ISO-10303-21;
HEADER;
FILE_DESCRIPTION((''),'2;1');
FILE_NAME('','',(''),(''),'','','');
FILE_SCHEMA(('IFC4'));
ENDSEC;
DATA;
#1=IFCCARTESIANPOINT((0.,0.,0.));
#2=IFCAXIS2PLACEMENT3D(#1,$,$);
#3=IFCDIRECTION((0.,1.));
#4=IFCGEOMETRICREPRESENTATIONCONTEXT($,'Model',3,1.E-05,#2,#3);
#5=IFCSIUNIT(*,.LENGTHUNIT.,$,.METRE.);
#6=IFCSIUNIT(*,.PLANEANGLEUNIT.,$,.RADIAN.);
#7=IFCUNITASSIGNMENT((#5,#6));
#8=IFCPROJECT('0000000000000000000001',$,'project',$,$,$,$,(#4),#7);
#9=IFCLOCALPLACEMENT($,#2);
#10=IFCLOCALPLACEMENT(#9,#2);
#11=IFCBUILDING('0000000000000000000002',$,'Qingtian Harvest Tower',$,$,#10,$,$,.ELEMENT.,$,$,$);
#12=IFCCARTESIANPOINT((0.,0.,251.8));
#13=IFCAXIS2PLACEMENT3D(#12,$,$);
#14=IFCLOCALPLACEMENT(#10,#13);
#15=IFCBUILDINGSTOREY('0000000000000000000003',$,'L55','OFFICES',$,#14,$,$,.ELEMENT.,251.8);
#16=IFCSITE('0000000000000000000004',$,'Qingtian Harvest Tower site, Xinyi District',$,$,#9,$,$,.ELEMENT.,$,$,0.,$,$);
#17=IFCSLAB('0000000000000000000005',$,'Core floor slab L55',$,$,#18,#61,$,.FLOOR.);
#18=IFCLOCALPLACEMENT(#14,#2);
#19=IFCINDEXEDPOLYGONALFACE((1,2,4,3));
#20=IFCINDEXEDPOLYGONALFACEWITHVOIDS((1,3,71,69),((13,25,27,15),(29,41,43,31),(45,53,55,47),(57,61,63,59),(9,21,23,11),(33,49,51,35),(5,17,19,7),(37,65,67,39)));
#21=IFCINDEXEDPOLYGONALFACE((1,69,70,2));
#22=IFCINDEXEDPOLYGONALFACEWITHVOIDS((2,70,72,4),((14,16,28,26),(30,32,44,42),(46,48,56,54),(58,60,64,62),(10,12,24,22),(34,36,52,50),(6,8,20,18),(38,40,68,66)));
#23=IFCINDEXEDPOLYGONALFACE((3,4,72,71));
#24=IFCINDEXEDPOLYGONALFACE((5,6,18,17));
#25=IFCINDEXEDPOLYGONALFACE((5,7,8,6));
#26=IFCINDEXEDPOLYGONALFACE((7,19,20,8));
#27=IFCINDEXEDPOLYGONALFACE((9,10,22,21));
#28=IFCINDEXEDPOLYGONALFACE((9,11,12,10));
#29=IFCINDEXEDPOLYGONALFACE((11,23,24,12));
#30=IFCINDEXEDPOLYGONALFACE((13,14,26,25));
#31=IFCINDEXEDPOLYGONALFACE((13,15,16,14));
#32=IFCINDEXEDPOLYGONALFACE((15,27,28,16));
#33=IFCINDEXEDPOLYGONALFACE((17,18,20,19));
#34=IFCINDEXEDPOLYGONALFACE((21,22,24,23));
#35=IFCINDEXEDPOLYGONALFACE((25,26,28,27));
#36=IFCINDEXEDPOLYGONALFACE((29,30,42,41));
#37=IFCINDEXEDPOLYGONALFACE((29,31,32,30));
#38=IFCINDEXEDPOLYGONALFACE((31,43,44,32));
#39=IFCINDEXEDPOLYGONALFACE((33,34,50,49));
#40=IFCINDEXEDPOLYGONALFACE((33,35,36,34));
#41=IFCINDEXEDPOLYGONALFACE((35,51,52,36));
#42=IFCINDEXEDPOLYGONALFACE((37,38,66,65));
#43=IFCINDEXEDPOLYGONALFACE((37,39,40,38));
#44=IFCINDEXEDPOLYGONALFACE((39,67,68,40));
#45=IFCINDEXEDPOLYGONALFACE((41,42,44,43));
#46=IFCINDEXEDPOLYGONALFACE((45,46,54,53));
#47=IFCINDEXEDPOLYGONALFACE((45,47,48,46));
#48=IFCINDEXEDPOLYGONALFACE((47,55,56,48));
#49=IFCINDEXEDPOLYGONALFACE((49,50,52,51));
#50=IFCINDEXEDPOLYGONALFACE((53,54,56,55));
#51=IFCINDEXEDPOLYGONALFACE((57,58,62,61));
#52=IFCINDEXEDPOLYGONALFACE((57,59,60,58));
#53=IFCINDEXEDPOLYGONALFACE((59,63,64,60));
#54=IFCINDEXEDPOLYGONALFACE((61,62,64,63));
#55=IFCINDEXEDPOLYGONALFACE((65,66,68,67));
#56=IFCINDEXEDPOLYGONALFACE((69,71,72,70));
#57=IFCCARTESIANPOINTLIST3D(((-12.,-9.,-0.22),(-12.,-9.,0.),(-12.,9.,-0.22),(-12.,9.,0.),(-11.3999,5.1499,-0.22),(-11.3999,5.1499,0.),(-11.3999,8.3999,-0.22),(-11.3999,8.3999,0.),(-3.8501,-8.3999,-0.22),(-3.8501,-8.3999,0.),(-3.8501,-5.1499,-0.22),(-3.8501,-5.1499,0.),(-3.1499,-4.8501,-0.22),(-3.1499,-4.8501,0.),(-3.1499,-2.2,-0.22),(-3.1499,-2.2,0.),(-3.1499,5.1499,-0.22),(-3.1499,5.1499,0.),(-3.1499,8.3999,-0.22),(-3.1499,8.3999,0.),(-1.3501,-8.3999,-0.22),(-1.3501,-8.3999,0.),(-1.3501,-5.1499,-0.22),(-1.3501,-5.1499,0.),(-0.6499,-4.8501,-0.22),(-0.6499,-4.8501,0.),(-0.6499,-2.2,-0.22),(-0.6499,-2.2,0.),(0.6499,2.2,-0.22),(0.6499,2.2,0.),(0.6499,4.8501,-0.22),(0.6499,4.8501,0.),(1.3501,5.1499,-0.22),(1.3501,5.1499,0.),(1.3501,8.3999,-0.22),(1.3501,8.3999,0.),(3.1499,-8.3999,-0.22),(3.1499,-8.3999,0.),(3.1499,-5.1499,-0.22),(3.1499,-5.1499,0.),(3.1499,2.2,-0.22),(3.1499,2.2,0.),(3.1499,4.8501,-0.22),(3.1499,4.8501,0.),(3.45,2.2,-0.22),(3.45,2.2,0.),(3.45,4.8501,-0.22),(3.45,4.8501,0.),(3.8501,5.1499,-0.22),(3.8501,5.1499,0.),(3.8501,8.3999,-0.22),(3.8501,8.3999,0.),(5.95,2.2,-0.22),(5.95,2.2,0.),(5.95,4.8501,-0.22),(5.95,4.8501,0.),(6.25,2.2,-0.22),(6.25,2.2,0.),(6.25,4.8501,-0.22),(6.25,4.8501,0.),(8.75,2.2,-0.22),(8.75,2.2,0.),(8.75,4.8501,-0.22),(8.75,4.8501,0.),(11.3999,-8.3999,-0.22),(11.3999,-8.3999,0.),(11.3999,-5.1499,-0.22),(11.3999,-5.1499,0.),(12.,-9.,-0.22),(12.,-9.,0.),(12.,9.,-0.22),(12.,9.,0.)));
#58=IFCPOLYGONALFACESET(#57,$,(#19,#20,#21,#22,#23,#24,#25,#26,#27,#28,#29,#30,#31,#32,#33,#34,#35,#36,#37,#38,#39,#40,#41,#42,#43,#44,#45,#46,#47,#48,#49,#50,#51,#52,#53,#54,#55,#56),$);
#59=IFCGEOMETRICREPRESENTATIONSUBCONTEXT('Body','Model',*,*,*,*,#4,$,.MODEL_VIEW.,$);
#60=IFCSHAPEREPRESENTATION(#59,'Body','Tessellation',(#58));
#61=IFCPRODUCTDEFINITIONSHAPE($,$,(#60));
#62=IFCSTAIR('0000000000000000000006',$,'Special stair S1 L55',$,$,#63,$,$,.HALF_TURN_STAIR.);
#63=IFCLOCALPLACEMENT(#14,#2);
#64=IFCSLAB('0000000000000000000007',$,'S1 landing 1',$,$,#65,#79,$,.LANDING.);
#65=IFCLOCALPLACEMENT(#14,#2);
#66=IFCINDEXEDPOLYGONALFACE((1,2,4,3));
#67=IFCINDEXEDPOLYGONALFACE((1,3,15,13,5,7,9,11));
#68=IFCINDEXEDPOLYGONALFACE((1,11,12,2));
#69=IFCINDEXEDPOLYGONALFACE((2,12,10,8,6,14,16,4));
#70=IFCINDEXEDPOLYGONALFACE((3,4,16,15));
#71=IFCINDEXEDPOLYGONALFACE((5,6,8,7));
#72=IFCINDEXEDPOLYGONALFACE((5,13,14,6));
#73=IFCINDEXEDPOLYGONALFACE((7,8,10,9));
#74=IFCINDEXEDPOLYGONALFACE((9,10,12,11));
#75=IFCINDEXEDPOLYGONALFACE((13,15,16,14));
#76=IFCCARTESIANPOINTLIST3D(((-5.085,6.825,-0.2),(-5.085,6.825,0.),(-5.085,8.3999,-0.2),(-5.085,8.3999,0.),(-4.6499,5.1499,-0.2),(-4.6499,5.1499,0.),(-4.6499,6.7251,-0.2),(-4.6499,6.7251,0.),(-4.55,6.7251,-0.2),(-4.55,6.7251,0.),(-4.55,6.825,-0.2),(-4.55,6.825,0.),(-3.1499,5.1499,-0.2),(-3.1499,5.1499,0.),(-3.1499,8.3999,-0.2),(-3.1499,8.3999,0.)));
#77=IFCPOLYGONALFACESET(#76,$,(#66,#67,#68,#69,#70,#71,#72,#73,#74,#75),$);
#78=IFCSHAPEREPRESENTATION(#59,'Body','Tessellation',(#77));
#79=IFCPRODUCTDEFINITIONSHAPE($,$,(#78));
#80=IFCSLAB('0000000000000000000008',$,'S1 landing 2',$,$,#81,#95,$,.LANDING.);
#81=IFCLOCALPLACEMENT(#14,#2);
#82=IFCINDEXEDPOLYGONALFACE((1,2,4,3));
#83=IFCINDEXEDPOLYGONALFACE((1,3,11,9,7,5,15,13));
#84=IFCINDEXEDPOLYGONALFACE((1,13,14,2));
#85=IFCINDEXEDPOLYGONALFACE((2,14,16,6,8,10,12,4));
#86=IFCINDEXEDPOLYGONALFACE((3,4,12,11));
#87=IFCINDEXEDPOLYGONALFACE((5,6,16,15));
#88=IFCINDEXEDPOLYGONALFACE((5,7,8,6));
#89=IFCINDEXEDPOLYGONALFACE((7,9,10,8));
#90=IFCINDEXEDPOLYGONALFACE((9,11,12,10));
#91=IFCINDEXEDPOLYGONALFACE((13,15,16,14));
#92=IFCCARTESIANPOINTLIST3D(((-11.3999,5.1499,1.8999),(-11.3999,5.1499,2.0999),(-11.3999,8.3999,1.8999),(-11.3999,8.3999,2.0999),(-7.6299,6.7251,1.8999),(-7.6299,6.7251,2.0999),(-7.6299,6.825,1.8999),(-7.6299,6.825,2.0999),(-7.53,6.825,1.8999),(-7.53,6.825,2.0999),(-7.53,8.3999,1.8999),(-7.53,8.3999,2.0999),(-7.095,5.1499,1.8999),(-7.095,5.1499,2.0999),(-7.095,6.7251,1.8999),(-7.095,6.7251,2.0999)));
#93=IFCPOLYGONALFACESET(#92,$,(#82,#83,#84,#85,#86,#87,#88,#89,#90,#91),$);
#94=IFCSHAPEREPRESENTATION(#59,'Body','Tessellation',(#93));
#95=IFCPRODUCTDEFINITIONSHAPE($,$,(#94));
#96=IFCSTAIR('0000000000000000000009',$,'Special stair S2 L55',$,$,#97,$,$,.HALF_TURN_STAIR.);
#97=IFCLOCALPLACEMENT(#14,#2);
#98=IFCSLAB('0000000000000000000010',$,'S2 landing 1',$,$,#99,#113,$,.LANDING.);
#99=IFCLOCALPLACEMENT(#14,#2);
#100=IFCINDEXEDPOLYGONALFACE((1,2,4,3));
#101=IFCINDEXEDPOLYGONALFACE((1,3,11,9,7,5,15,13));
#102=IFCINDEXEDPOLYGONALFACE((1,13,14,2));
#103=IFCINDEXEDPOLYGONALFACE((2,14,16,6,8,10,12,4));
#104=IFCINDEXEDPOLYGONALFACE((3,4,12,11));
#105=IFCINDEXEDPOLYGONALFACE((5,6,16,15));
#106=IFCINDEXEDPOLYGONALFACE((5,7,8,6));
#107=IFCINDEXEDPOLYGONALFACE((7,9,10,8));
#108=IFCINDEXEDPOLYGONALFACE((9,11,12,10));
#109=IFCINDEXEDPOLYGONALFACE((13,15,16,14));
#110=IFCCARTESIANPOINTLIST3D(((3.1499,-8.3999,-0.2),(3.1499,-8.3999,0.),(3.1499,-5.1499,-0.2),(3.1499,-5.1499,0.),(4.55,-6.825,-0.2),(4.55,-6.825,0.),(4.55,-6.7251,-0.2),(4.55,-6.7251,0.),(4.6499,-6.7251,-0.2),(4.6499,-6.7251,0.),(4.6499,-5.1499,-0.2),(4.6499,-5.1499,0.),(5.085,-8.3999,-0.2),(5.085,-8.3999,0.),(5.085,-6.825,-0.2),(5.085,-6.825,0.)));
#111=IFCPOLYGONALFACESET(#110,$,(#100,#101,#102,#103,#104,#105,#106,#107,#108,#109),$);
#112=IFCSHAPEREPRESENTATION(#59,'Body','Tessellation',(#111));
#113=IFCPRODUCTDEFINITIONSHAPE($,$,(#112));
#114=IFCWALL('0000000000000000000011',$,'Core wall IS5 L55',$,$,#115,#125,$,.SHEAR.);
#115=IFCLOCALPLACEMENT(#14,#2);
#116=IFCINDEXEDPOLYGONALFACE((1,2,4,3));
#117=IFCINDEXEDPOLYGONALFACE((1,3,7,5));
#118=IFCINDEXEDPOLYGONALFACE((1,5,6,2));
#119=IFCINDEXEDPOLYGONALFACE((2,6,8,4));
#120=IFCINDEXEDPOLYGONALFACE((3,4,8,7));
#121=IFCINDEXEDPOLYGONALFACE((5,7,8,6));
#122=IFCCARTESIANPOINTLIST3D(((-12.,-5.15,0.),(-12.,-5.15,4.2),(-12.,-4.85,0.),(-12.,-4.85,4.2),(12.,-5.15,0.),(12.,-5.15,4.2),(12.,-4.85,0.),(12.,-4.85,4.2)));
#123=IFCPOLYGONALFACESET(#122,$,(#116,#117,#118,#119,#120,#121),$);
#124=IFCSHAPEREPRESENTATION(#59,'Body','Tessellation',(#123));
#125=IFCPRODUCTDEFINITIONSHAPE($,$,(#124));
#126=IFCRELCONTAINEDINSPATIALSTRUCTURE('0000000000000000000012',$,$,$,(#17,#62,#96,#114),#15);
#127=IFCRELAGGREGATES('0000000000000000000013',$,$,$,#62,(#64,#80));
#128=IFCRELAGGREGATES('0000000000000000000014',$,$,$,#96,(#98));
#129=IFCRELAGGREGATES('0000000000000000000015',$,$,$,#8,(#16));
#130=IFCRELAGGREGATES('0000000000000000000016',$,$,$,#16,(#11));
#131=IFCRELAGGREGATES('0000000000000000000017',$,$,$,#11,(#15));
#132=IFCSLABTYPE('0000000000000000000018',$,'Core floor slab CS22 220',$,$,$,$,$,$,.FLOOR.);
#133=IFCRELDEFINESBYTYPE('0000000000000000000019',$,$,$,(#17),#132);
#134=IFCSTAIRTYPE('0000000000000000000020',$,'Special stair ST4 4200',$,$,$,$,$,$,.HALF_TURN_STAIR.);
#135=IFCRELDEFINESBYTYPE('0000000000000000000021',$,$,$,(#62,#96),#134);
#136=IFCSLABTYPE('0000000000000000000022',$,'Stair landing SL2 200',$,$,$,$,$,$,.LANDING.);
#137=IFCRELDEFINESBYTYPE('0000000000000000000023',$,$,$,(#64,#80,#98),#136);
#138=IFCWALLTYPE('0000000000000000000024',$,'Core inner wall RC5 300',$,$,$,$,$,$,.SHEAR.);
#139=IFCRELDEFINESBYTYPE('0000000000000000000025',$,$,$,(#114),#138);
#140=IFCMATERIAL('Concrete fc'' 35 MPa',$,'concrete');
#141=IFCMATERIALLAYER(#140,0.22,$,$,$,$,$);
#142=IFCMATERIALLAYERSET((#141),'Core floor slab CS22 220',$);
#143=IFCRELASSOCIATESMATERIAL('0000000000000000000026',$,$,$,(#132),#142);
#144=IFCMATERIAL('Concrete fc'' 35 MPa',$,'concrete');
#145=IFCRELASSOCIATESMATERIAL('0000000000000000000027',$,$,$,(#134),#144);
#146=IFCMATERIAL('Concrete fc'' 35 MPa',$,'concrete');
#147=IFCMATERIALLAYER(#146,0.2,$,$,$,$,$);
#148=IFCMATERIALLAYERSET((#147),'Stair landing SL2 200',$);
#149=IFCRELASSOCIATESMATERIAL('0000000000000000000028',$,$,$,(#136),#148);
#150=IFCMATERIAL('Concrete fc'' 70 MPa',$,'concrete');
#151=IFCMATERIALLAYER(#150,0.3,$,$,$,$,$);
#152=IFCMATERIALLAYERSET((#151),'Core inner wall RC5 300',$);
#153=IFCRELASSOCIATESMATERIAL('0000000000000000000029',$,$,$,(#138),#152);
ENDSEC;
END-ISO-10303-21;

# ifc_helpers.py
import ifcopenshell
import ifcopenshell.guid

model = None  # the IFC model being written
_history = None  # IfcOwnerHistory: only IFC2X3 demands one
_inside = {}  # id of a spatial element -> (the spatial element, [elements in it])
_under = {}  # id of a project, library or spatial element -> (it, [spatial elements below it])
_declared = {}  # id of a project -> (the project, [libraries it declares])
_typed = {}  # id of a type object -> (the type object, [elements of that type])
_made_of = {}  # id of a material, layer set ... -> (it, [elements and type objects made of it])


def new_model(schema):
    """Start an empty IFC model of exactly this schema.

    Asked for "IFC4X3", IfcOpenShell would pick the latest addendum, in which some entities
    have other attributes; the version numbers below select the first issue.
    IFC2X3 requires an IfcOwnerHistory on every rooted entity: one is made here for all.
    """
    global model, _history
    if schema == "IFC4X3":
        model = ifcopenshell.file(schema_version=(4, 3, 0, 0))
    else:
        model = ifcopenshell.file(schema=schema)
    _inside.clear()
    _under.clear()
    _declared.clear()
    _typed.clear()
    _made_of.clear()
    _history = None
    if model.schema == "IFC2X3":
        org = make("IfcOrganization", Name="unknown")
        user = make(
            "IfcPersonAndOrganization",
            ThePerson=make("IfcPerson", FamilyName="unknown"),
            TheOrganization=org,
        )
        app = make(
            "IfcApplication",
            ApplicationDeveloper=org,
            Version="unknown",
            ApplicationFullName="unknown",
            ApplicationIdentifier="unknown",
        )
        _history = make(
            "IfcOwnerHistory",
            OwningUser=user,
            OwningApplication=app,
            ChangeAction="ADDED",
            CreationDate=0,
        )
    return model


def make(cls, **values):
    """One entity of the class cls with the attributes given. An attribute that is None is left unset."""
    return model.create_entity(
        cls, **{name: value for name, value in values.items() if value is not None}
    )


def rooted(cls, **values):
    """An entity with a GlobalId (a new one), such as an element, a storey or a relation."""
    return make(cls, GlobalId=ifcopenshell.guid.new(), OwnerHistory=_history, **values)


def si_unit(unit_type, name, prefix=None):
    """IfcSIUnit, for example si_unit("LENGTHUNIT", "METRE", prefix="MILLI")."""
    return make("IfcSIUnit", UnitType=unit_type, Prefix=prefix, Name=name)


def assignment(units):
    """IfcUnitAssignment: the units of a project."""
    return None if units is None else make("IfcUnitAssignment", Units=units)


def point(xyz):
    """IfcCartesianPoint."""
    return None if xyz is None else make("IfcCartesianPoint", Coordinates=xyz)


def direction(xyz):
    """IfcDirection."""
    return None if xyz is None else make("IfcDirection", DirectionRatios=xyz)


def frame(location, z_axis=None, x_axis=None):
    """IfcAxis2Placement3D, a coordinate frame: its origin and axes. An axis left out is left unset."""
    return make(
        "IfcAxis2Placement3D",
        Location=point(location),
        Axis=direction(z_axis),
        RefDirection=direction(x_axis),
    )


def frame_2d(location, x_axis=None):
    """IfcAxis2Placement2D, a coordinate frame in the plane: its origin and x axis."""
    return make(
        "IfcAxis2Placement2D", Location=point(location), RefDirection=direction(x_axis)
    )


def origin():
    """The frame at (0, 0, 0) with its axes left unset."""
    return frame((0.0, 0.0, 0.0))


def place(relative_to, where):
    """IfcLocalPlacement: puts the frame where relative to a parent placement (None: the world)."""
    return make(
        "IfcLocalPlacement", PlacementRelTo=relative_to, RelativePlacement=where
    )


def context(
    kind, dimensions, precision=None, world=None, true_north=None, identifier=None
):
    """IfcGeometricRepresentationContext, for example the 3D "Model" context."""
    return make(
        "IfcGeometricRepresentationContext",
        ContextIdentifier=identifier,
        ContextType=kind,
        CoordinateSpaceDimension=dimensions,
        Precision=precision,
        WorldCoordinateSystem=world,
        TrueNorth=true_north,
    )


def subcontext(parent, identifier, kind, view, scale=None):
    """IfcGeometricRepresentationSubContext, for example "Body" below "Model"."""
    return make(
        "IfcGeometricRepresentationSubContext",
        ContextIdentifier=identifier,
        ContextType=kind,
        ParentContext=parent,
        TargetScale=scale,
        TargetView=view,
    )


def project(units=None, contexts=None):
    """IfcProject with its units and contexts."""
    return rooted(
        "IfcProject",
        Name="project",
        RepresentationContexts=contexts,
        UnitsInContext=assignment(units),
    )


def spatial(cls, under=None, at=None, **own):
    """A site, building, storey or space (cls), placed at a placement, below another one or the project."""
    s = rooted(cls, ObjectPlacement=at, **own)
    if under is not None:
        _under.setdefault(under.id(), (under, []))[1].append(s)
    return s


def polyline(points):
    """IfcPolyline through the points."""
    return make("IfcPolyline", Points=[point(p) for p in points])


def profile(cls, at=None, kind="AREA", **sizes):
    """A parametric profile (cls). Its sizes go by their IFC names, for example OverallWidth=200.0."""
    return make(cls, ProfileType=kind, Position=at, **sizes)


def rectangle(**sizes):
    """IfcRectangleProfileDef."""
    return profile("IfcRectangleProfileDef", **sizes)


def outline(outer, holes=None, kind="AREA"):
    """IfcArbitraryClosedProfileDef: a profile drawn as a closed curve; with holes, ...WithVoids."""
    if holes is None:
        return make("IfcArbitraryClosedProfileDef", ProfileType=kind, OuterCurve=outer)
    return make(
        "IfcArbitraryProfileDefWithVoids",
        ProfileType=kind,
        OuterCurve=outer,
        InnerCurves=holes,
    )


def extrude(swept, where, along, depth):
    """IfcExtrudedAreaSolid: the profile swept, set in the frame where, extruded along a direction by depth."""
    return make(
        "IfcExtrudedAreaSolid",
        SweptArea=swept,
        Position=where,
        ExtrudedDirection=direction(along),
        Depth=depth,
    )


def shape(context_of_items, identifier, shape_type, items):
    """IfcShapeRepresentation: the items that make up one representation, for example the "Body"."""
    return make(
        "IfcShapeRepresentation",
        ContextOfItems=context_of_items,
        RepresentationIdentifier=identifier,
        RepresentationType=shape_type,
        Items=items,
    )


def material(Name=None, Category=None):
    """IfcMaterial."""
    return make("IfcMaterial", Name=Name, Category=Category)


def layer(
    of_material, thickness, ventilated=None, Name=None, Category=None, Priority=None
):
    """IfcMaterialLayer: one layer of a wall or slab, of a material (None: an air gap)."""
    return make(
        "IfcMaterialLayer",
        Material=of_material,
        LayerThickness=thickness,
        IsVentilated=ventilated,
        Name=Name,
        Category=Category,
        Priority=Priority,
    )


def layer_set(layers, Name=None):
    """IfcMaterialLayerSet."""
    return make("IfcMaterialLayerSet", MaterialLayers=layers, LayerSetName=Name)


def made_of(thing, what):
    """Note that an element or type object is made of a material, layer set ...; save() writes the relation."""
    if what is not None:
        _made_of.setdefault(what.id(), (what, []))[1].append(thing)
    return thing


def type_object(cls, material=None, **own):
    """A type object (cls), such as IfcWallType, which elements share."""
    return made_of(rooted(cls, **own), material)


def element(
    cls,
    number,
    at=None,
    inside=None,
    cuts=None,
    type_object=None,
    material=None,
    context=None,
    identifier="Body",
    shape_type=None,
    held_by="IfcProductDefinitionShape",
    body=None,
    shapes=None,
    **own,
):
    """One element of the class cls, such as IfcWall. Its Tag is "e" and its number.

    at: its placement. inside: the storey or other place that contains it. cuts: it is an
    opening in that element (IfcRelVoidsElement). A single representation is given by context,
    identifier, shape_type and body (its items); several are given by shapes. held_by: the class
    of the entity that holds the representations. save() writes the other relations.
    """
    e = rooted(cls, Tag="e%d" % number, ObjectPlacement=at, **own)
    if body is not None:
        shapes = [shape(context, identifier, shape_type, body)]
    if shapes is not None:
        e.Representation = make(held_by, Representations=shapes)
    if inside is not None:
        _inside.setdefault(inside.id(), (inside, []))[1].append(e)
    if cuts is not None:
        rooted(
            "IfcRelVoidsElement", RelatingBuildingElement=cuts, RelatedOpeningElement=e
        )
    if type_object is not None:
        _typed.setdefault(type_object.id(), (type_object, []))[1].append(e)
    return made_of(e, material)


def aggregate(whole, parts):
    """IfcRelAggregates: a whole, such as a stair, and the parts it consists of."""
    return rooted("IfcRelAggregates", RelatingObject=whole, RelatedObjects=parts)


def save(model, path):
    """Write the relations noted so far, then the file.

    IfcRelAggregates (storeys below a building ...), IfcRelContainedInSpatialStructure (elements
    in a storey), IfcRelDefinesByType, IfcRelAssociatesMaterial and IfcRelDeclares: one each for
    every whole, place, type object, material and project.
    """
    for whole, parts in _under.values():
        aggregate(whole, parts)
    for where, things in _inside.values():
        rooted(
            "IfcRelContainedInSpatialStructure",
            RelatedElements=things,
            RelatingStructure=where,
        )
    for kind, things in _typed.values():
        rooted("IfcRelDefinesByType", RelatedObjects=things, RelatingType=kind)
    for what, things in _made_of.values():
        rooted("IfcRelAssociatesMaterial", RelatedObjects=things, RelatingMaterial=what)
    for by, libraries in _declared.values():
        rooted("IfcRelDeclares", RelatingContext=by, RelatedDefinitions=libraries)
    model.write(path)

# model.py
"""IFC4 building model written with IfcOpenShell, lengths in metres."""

from ifc_helpers import new_model, si_unit, direction, frame, frame_2d, origin, place, context, subcontext, project, spatial, polyline, rectangle, outline, extrude, material, layer, layer_set, type_object, element, aggregate, save


model = new_model("IFC4")

# Units and contexts
model_context = context("Model", 3, precision=1e-05, world=origin(), true_north=direction((0.0, 1.0)))
body_context = subcontext(model_context, "Body", "Model", "MODEL_VIEW")
ifc_project = project(units=[si_unit("LENGTHUNIT", "METRE"), si_unit("PLANEANGLEUNIT", "RADIAN")], contexts=[model_context])

# Site, building, storey
site_placement = place(None, origin())
site = spatial("IfcSite", under=ifc_project, at=site_placement, Name="Qingtian Harvest Tower site, Xinyi District", CompositionType="ELEMENT", RefElevation=0.0)
building_placement = place(site_placement, origin())
building = spatial("IfcBuilding", under=site, at=building_placement, Name="Qingtian Harvest Tower", CompositionType="ELEMENT")
storey_placement = place(building_placement, frame((0.0, 0.0, 251.8)))
storey = spatial("IfcBuildingStorey", under=building, at=storey_placement, Name="L55", Description="OFFICES", CompositionType="ELEMENT", Elevation=251.8)

# Slab
ifc_material_1 = material(Name="Concrete fc' 35 MPa", Category="concrete")
ifc_layer_1 = layer(ifc_material_1, 0.22)
ifc_layer_set_1 = layer_set([ifc_layer_1], Name="Core floor slab CS22 220")
slab_type_1 = type_object("IfcSlabType", Name="Core floor slab CS22 220", PredefinedType="FLOOR", material=ifc_layer_set_1)
slab_1_placement = place(storey_placement, frame((0.0, 0.0, -0.22)))
element("IfcSlab", 1, at=slab_1_placement, inside=storey, type_object=slab_type_1, Name="Core floor slab L55", PredefinedType="FLOOR", context=body_context, shape_type="SweptSolid", body=[
    extrude(outline(polyline([(-12.0, -9.0), (12.0, -9.0), (12.0, 9.0), (-12.0, 9.0), (-12.0, -9.0)]), holes=[polyline([(-11.3999, 5.1499), (-3.1499, 5.1499), (-3.1499, 8.3999), (-11.3999, 8.3999), (-11.3999, 5.1499)]), polyline([(3.1499, -8.3999), (11.3999, -8.3999), (11.3999, -5.1499), (3.1499, -5.1499), (3.1499, -8.3999)]), polyline([(1.3501, 5.1499), (3.8501, 5.1499), (3.8501, 8.3999), (1.3501, 8.3999), (1.3501, 5.1499)]), polyline([(-3.8501, -8.3999), (-1.3501, -8.3999), (-1.3501, -5.1499), (-3.8501, -5.1499), (-3.8501, -8.3999)]), polyline([(0.6499, 2.2), (3.1499, 2.2), (3.1499, 4.8501), (0.6499, 4.8501), (0.6499, 2.2)]), polyline([(3.45, 2.2), (5.95, 2.2), (5.95, 4.8501), (3.45, 4.8501), (3.45, 2.2)]), polyline([(6.25, 2.2), (8.75, 2.2), (8.75, 4.8501), (6.25, 4.8501), (6.25, 2.2)]), polyline([(-3.1499, -4.8501), (-0.6499, -4.8501), (-0.6499, -2.2), (-3.1499, -2.2), (-3.1499, -4.8501)])]), origin(), (0.0, 0.0, 1.0), 0.22),
])

# Stair, slabs
ifc_material_2 = material(Name="Concrete fc' 35 MPa", Category="concrete")
stair_type = type_object("IfcStairType", Name="Special stair ST4 4200", PredefinedType="HALF_TURN_STAIR", material=ifc_material_2)
stair_1_placement = place(storey_placement, origin())
stair_1 = element("IfcStair", 2, at=stair_1_placement, inside=storey, type_object=stair_type, Name="Special stair S1 L55", PredefinedType="HALF_TURN_STAIR")
ifc_material_3 = material(Name="Concrete fc' 35 MPa", Category="concrete")
ifc_layer_2 = layer(ifc_material_3, 0.2)
ifc_layer_set_2 = layer_set([ifc_layer_2], Name="Stair landing SL2 200")
slab_type_2 = type_object("IfcSlabType", Name="Stair landing SL2 200", PredefinedType="LANDING", material=ifc_layer_set_2)
slab_2_placement = place(storey_placement, frame((0.0, 0.0, -0.2)))
slab_2 = element("IfcSlab", 3, at=slab_2_placement, type_object=slab_type_2, Name="S1 landing 1", PredefinedType="LANDING", context=body_context, shape_type="SweptSolid", body=[
    extrude(outline(polyline([(-4.6499, 5.1499), (-4.6499, 6.7251), (-4.55, 6.7251), (-4.55, 6.825), (-5.085, 6.825), (-5.085, 8.3999), (-3.1499, 8.3999), (-3.1499, 5.1499), (-4.6499, 5.1499)])), origin(), (0.0, 0.0, 1.0), 0.2),
])
slab_3_placement = place(storey_placement, frame((0.0, 0.0, 1.8999)))
slab_3 = element("IfcSlab", 4, at=slab_3_placement, type_object=slab_type_2, Name="S1 landing 2", PredefinedType="LANDING", context=body_context, shape_type="SweptSolid", body=[
    extrude(outline(polyline([(-7.095, 5.1499), (-11.3999, 5.1499), (-11.3999, 8.3999), (-7.53, 8.3999), (-7.53, 6.825), (-7.6299, 6.825), (-7.6299, 6.7251), (-7.095, 6.7251), (-7.095, 5.1499)])), origin(), (0.0, 0.0, 1.0), 0.2),
])
aggregate(stair_1, [slab_2, slab_3])

# Stair, slab
stair_2_placement = place(storey_placement, origin())
stair_2 = element("IfcStair", 5, at=stair_2_placement, inside=storey, type_object=stair_type, Name="Special stair S2 L55", PredefinedType="HALF_TURN_STAIR")
slab_4_placement = place(storey_placement, frame((0.0, 0.0, -0.2)))
slab_4 = element("IfcSlab", 6, at=slab_4_placement, type_object=slab_type_2, Name="S2 landing 1", PredefinedType="LANDING", context=body_context, shape_type="SweptSolid", body=[
    extrude(outline(polyline([(5.085, -8.3999), (3.1499, -8.3999), (3.1499, -5.1499), (4.6499, -5.1499), (4.6499, -6.7251), (4.55, -6.7251), (4.55, -6.825), (5.085, -6.825), (5.085, -8.3999)])), origin(), (0.0, 0.0, 1.0), 0.2),
])
aggregate(stair_2, [slab_4])

# Wall
ifc_material_4 = material(Name="Concrete fc' 70 MPa", Category="concrete")
ifc_layer_3 = layer(ifc_material_4, 0.3)
ifc_layer_set_3 = layer_set([ifc_layer_3], Name="Core inner wall RC5 300")
wall_type_1 = type_object("IfcWallType", Name="Core inner wall RC5 300", PredefinedType="SHEAR", material=ifc_layer_set_3)
wall_1_placement = place(storey_placement, frame((-12.0, -5.0, 0.0), z_axis=(0.0, 0.0, 1.0), x_axis=(1.0, 0.0, 0.0)))
element("IfcWall", 7, at=wall_1_placement, inside=storey, type_object=wall_type_1, Name="Core wall IS5 L55", PredefinedType="SHEAR", context=body_context, shape_type="SweptSolid", body=[
    extrude(rectangle(XDim=24.0, YDim=0.3, at=frame_2d((12.0, 0.0))), origin(), (0.0, 0.0, 1.0), 4.2),
])

save(model, "model.ifc")
